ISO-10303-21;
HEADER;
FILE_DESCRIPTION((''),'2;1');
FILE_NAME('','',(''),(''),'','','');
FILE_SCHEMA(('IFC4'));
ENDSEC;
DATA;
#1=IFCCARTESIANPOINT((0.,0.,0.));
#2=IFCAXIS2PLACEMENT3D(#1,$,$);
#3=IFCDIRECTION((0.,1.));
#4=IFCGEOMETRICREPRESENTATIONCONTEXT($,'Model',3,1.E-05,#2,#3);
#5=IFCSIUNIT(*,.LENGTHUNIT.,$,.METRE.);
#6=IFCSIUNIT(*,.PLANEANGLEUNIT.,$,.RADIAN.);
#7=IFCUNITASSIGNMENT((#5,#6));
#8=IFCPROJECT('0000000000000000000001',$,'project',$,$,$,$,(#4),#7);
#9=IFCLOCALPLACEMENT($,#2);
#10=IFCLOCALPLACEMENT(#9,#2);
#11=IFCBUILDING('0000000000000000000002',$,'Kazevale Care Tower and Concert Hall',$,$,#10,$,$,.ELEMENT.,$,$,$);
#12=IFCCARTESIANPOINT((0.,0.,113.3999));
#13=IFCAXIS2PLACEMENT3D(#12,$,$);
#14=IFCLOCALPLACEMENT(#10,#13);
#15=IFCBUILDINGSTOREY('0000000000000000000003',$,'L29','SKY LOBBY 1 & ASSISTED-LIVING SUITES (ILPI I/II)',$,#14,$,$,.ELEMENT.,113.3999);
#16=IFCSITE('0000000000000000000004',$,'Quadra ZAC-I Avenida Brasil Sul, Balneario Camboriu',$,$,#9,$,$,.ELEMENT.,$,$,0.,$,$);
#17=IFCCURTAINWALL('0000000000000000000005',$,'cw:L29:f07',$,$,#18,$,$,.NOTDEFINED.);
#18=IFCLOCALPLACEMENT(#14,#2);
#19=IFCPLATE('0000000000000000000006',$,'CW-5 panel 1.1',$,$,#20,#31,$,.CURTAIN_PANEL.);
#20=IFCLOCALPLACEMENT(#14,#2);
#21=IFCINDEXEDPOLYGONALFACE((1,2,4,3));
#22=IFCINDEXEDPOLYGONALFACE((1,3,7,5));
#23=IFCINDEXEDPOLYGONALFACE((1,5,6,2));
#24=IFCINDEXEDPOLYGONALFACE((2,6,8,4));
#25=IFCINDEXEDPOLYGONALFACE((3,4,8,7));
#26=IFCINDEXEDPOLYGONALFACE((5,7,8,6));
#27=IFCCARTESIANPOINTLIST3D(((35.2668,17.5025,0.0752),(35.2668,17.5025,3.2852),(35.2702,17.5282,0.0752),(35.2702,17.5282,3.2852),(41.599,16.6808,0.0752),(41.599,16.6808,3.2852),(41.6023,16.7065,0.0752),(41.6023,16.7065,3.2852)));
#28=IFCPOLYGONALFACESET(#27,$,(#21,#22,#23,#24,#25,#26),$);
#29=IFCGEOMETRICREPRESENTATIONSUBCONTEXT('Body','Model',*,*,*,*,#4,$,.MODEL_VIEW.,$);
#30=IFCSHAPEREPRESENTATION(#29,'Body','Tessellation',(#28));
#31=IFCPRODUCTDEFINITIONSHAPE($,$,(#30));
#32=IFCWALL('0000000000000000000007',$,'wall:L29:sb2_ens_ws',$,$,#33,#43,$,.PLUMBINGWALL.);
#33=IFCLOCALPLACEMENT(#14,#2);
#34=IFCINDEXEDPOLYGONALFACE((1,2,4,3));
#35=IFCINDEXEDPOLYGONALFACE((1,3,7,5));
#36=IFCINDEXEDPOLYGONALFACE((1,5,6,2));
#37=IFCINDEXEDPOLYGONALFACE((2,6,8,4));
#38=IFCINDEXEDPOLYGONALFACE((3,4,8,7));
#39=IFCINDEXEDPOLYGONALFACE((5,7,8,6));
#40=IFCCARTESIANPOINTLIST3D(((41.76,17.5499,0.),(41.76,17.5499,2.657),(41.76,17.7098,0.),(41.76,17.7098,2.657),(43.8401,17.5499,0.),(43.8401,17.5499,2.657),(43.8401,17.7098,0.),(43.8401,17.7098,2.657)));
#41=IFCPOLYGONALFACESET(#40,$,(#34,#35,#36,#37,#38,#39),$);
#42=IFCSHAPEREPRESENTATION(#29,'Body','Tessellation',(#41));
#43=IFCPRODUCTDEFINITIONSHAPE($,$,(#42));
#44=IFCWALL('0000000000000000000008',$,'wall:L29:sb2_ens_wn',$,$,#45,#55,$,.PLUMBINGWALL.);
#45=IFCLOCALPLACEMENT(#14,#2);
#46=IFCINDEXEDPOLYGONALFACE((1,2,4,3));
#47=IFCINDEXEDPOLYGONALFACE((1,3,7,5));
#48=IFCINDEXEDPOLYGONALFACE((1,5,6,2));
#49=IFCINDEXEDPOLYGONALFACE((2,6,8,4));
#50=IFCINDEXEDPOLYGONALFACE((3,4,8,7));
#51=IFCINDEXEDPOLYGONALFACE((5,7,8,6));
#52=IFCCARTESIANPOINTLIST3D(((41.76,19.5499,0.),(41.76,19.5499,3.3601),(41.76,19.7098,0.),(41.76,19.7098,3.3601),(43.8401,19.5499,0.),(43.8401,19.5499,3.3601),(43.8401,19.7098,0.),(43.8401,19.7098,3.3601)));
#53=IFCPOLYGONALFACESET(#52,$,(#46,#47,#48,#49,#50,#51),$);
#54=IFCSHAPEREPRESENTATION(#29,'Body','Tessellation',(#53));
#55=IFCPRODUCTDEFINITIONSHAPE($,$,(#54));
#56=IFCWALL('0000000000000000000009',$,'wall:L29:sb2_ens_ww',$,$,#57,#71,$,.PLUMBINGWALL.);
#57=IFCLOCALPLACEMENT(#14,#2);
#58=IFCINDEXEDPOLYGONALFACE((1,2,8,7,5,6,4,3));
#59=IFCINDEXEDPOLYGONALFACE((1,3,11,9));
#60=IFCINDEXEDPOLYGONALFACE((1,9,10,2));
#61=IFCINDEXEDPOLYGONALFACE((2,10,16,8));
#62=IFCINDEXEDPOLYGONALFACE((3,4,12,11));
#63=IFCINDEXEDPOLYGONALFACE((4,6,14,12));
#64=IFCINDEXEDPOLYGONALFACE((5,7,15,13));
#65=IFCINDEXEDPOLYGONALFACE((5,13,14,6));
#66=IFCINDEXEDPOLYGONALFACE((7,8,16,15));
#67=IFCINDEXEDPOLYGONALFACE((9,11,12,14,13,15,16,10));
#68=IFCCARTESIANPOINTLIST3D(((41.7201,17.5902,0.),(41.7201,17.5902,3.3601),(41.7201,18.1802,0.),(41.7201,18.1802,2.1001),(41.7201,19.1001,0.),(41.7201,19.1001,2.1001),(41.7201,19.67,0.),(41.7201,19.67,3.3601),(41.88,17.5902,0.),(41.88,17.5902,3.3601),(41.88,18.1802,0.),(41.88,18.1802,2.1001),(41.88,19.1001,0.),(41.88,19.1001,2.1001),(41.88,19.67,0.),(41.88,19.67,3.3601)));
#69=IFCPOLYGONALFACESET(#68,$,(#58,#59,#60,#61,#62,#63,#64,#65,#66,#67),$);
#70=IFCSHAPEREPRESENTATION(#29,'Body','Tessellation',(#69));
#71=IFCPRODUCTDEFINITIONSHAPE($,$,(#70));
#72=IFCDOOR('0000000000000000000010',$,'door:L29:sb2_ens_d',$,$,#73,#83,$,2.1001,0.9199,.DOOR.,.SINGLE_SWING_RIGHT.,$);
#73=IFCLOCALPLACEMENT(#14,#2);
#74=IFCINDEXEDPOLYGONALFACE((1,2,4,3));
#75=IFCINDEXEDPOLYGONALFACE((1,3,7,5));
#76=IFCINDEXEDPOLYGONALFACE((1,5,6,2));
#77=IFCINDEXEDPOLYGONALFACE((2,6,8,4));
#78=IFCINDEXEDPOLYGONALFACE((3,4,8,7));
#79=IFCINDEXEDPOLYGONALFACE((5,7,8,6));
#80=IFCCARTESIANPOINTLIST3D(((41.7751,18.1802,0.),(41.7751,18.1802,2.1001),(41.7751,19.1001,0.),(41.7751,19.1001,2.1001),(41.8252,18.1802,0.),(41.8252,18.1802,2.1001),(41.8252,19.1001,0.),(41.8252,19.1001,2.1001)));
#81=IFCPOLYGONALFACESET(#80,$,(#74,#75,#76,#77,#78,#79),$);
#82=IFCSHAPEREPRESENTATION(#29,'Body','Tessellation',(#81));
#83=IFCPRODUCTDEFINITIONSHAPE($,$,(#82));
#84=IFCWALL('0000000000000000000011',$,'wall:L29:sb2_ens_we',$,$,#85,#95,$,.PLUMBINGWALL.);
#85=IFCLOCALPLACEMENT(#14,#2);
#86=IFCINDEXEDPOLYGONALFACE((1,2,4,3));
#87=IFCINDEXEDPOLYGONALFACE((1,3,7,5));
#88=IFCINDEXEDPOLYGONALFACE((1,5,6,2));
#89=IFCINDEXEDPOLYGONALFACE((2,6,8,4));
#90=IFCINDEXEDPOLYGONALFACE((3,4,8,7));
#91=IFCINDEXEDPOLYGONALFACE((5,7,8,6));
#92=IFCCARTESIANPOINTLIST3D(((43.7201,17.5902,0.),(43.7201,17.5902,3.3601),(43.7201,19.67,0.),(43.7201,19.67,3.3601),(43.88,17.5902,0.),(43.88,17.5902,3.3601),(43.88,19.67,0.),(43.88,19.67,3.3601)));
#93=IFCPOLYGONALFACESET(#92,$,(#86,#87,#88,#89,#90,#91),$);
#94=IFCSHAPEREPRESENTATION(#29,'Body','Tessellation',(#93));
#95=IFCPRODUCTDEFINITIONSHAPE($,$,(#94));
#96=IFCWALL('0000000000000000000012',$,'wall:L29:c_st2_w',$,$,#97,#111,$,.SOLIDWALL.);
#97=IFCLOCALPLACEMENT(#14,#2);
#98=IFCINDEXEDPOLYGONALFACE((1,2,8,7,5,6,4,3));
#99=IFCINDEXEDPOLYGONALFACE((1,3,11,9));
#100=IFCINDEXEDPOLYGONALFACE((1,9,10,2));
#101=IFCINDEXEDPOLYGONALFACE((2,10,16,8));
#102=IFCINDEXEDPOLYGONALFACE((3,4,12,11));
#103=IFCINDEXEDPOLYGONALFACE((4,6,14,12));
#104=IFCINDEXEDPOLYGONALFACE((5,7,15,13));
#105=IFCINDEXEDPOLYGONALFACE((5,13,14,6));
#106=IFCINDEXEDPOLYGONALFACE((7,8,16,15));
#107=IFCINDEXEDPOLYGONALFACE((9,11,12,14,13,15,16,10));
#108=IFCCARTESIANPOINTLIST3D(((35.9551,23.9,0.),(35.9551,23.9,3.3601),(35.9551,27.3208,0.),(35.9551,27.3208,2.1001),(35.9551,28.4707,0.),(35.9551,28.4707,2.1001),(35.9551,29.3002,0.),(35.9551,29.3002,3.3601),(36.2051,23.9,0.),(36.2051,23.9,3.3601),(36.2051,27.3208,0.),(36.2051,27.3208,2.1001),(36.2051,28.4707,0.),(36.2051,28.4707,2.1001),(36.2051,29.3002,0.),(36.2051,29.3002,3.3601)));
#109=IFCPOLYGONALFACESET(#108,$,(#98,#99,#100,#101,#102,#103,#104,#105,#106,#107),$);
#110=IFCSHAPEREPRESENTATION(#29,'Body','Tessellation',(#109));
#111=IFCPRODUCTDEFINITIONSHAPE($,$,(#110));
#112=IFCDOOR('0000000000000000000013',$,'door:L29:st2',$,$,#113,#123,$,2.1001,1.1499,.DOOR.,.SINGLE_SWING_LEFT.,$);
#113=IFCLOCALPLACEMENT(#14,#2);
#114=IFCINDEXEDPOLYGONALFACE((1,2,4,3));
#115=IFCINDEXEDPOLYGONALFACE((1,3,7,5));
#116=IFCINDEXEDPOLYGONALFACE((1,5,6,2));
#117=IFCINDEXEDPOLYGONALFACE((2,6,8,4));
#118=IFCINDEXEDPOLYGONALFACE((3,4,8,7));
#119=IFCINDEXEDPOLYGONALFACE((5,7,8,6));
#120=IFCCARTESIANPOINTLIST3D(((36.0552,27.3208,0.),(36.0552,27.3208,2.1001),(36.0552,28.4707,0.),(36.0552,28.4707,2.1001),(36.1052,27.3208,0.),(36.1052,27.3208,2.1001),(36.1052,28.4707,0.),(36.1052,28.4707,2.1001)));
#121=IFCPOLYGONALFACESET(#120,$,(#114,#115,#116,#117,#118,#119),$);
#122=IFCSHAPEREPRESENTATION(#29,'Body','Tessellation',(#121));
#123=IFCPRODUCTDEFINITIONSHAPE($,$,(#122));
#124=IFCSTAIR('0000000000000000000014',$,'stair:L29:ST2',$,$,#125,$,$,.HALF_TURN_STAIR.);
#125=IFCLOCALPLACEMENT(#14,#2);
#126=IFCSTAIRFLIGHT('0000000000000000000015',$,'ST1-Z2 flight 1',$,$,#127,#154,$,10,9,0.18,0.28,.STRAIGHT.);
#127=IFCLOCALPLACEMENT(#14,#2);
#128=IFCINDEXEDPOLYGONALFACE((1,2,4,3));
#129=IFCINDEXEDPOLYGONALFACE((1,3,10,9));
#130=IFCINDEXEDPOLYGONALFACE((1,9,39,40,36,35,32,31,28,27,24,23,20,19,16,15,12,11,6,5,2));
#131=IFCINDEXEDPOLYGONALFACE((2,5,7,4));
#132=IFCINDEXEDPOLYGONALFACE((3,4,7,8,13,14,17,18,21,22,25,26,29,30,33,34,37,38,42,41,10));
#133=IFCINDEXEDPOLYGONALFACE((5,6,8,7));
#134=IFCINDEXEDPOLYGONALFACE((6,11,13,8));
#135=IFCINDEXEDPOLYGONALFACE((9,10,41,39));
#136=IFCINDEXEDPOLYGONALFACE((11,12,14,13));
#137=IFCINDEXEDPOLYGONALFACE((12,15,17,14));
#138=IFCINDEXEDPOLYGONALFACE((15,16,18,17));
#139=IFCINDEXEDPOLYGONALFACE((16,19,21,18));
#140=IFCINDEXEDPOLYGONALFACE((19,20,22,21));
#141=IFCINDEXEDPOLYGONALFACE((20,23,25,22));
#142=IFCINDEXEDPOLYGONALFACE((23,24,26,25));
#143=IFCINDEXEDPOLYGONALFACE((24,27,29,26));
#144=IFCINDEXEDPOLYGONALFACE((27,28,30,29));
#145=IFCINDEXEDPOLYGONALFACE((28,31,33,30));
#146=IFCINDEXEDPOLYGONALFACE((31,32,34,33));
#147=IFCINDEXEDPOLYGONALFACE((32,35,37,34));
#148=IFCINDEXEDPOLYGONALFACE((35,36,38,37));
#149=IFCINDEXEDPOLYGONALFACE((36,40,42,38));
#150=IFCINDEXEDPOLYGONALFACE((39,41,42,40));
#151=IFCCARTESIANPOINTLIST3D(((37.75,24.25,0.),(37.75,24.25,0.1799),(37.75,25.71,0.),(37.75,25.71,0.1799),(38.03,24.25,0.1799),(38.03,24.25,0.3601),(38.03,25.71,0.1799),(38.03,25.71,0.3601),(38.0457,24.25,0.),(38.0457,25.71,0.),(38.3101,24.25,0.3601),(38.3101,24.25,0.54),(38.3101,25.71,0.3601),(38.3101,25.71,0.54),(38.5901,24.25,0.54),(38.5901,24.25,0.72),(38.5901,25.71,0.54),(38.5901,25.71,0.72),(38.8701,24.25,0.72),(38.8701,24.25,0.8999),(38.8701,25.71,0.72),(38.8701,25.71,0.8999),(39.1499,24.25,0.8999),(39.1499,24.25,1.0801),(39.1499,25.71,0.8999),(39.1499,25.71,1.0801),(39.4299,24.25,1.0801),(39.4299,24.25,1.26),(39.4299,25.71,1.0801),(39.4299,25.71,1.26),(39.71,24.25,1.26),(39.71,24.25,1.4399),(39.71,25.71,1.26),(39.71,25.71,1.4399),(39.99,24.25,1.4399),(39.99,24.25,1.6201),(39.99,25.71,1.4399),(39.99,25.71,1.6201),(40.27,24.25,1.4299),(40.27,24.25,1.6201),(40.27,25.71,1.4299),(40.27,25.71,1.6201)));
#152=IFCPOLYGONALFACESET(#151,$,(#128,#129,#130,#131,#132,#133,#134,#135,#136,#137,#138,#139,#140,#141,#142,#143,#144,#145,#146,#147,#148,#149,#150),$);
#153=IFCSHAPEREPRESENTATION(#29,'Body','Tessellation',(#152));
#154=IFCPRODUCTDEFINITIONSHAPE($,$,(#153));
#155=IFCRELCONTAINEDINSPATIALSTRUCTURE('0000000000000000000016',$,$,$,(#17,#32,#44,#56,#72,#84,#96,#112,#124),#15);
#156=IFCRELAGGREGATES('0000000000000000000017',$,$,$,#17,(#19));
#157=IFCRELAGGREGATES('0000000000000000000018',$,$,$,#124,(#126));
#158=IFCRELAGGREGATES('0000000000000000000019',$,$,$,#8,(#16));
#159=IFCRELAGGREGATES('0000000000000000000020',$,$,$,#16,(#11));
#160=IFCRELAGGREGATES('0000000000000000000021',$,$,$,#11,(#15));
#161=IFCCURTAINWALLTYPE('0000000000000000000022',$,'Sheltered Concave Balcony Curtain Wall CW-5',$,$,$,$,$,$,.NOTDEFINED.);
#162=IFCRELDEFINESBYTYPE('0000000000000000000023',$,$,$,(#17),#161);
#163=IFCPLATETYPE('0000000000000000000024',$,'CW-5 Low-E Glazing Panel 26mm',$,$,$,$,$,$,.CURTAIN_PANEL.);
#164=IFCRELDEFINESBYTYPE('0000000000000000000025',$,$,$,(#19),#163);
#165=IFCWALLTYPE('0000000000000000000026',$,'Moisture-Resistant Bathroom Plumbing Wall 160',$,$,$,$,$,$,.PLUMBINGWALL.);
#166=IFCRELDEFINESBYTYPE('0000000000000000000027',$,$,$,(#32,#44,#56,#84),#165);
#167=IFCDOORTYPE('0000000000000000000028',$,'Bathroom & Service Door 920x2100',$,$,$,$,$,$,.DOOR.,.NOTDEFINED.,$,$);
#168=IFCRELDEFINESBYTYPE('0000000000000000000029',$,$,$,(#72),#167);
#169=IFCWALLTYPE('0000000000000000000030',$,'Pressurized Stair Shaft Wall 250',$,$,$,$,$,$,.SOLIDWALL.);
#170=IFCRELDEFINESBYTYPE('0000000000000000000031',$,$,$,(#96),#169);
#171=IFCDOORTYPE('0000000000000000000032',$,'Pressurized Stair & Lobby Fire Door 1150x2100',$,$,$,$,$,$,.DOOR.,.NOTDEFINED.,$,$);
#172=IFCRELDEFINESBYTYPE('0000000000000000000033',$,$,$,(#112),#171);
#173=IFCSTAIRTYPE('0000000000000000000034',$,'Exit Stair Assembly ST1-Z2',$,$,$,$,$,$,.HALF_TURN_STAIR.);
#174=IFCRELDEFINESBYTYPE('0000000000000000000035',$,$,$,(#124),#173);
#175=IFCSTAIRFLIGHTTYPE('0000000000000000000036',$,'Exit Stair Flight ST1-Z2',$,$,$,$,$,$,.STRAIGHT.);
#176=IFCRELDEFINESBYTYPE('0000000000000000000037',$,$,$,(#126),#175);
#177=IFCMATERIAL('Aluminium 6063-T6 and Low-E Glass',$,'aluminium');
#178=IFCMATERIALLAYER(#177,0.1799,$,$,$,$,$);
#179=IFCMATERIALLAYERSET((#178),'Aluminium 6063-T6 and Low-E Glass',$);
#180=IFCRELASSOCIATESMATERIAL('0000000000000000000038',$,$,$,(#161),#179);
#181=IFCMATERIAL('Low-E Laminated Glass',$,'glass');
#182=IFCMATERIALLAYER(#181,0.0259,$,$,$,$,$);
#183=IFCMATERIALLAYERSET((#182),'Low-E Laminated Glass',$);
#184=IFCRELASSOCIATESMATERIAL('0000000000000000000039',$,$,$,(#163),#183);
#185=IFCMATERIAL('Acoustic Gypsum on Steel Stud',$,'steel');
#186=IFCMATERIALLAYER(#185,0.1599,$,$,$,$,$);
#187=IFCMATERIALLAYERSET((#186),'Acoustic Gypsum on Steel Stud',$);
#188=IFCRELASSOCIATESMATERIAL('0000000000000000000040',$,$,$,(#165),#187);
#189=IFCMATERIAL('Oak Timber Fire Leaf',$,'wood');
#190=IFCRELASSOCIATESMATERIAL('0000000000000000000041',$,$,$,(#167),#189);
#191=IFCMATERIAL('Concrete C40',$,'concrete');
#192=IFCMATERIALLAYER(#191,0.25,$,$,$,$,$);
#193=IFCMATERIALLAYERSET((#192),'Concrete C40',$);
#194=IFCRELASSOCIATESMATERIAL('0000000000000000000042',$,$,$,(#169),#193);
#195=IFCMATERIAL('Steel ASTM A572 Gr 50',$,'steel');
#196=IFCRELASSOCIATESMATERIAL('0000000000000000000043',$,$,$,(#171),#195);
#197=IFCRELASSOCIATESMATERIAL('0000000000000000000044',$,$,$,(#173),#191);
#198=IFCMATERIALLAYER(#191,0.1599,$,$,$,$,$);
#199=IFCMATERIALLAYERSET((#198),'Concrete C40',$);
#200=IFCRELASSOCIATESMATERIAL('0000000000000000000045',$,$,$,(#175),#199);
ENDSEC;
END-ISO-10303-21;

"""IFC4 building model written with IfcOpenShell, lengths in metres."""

from ifc_helpers import new_model, si_unit, direction, frame, frame_2d, origin, origin_2d, place, context, subcontext, project, spatial, polyline, rectangle, outline, extrude, material, layer, layer_set, type_object, element, fill, aggregate, save


model = new_model("IFC4")

# Units and contexts
model_context = context("Model", 3, precision=1e-05, world=origin(), true_north=direction((0.0, 1.0)))
body_context = subcontext(model_context, "Body", "Model", "MODEL_VIEW")
ifc_project = project(units=[si_unit("LENGTHUNIT", "METRE"), si_unit("PLANEANGLEUNIT", "RADIAN")], contexts=[model_context])

# Site, building, storey
site_placement = place(None, origin())
site = spatial("IfcSite", under=ifc_project, at=site_placement, Name="Quadra ZAC-I Avenida Brasil Sul, Balneario Camboriu", CompositionType="ELEMENT", RefElevation=0.0)
building_placement = place(site_placement, origin())
building = spatial("IfcBuilding", under=site, at=building_placement, Name="Kazevale Care Tower and Concert Hall", CompositionType="ELEMENT")
storey_placement = place(building_placement, frame((0.0, 0.0, 113.3999)))
storey = spatial("IfcBuildingStorey", under=building, at=storey_placement, Name="L29", Description="SKY LOBBY 1 & ASSISTED-LIVING SUITES (ILPI I/II)", CompositionType="ELEMENT", Elevation=113.3999)

# Shared definitions
ifc_material_1 = material(Name="Aluminium 6063-T6 and Low-E Glass", Category="aluminium")
ifc_layer_1 = layer(ifc_material_1, 0.1799)
ifc_layer_set_1 = layer_set([ifc_layer_1], Name="Aluminium 6063-T6 and Low-E Glass")
curtain_wall_type = type_object("IfcCurtainWallType", Name="Sheltered Concave Balcony Curtain Wall CW-5", PredefinedType="NOTDEFINED", material=ifc_layer_set_1)

# Curtain wall
curtain_wall_1_placement = place(storey_placement, origin())
curtain_wall_1 = element("IfcCurtainWall", 1, at=curtain_wall_1_placement, inside=storey, type_object=curtain_wall_type, Name="cw:L29:f07", PredefinedType="NOTDEFINED")

# Shared definitions
ifc_material_2 = material(Name="Steel ASTM A572 Gr 50", Category="steel")

# Plate
ifc_material_3 = material(Name="Low-E Laminated Glass", Category="glass")
ifc_layer_2 = layer(ifc_material_3, 0.0259)
ifc_layer_set_2 = layer_set([ifc_layer_2], Name="Low-E Laminated Glass")
plate_type = type_object("IfcPlateType", Name="CW-5 Low-E Glazing Panel 26mm", PredefinedType="CURTAIN_PANEL", material=ifc_layer_set_2)
plate_1_placement = place(storey_placement, frame((38.4346, 17.1045, 0.0752), z_axis=(0.0, 0.0, 1.0), x_axis=(-0.991686, 0.128685, 0.0)))
plate_1 = element("IfcPlate", 2, at=plate_1_placement, type_object=plate_type, Name="CW-5 panel 1.1", PredefinedType="CURTAIN_PANEL", context=body_context, shape_type="SweptSolid", body=[
    extrude(rectangle(XDim=6.3853, YDim=0.0259, at=origin_2d()), origin(), (0.0, 0.0, 1.0), 3.21),
])
aggregate(curtain_wall_1, [plate_1])

# Shared definitions
ifc_material_4 = material(Name="Oak Timber Fire Leaf", Category="wood")

# Walls
ifc_material_5 = material(Name="Acoustic Gypsum on Steel Stud", Category="steel")
ifc_layer_3 = layer(ifc_material_5, 0.1599)
ifc_layer_set_3 = layer_set([ifc_layer_3], Name="Acoustic Gypsum on Steel Stud")
wall_type_1 = type_object("IfcWallType", Name="Moisture-Resistant Bathroom Plumbing Wall 160", PredefinedType="PLUMBINGWALL", material=ifc_layer_set_3)
wall_1_placement = place(storey_placement, frame((41.76, 17.6299, 0.0), z_axis=(0.0, 0.0, 1.0), x_axis=(1.0, 0.0, 0.0)))
element("IfcWall", 3, at=wall_1_placement, inside=storey, type_object=wall_type_1, Name="wall:L29:sb2_ens_ws", PredefinedType="PLUMBINGWALL", context=body_context, shape_type="SweptSolid", body=[
    extrude(rectangle(XDim=2.0801, YDim=0.1599, at=frame_2d((1.04, 0.0))), origin(), (0.0, 0.0, 1.0), 2.657),
])
wall_2_placement = place(storey_placement, frame((41.76, 19.6299, 0.0), z_axis=(0.0, 0.0, 1.0), x_axis=(1.0, 0.0, 0.0)))
element("IfcWall", 4, at=wall_2_placement, inside=storey, type_object=wall_type_1, Name="wall:L29:sb2_ens_wn", PredefinedType="PLUMBINGWALL", context=body_context, shape_type="SweptSolid", body=[
    extrude(rectangle(XDim=2.0801, YDim=0.1599, at=frame_2d((1.04, 0.0))), origin(), (0.0, 0.0, 1.0), 3.3601),
])

# Wall, opening, door
wall_3_placement = place(storey_placement, frame((41.8, 17.5901, 0.0), z_axis=(0.0, 0.0, 1.0), x_axis=(0.0, 1.0, 0.0)))
wall_3 = element("IfcWall", 5, at=wall_3_placement, inside=storey, type_object=wall_type_1, Name="wall:L29:sb2_ens_ww", PredefinedType="PLUMBINGWALL", context=body_context, shape_type="SweptSolid", body=[
    extrude(rectangle(XDim=2.0798, YDim=0.1599, at=frame_2d((1.04, 0.0))), origin(), (0.0, 0.0, 1.0), 3.3601),
])
opening_1_placement = place(wall_3_placement, frame((0.5901, 0.0, 0.0)))
opening_1 = element("IfcOpeningElement", 6, at=opening_1_placement, cuts=wall_3, PredefinedType="OPENING", context=body_context, shape_type="SweptSolid", body=[
    extrude(rectangle(XDim=0.9199, YDim=2.1001, at=frame_2d((0.46, 1.05))), frame((0.0, 0.0898, 0.0), z_axis=(0.0, -1.0, 0.0), x_axis=(1.0, 0.0, 0.0)), (0.0, 0.0, 1.0), 0.1799),
])
door_type_1 = type_object("IfcDoorType", Name="Bathroom & Service Door 920x2100", OperationType="NOTDEFINED", PredefinedType="DOOR", material=ifc_material_4)
door_1_placement = place(opening_1_placement, origin())
door_1 = element("IfcDoor", 7, at=door_1_placement, inside=storey, type_object=door_type_1, Name="door:L29:sb2_ens_d", OperationType="SINGLE_SWING_RIGHT", OverallHeight=2.1001, OverallWidth=0.9199, PredefinedType="DOOR", context=body_context, shape_type="SweptSolid", body=[
    extrude(rectangle(XDim=0.9199, YDim=2.1001, at=frame_2d((0.46, 1.05))), frame((0.0, 0.0249, 0.0), z_axis=(0.0, -1.0, 0.0), x_axis=(1.0, 0.0, 0.0)), (0.0, 0.0, 1.0), 0.05),
])
fill(opening_1, door_1)

# Wall
wall_4_placement = place(storey_placement, frame((43.8, 17.5901, 0.0), z_axis=(0.0, 0.0, 1.0), x_axis=(0.0, 1.0, 0.0)))
element("IfcWall", 8, at=wall_4_placement, inside=storey, type_object=wall_type_1, Name="wall:L29:sb2_ens_we", PredefinedType="PLUMBINGWALL", context=body_context, shape_type="SweptSolid", body=[
    extrude(rectangle(XDim=2.0798, YDim=0.1599, at=frame_2d((1.04, 0.0))), origin(), (0.0, 0.0, 1.0), 3.3601),
])

# Wall, opening, door
ifc_material_6 = material(Name="Concrete C40", Category="concrete")
ifc_layer_4 = layer(ifc_material_6, 0.25)
ifc_layer_set_4 = layer_set([ifc_layer_4], Name="Concrete C40")
wall_type_2 = type_object("IfcWallType", Name="Pressurized Stair Shaft Wall 250", PredefinedType="SOLIDWALL", material=ifc_layer_set_4)
wall_5_placement = place(storey_placement, frame((36.0801, 23.8999, 0.0), z_axis=(0.0, 0.0, 1.0), x_axis=(0.0, 1.0, 0.0)))
wall_5 = element("IfcWall", 9, at=wall_5_placement, inside=storey, type_object=wall_type_2, Name="wall:L29:c_st2_w", PredefinedType="SOLIDWALL", context=body_context, shape_type="SweptSolid", body=[
    extrude(rectangle(XDim=5.4001, YDim=0.25, at=frame_2d((2.7002, 0.0))), origin(), (0.0, 0.0, 1.0), 3.3601),
])
opening_2_placement = place(wall_5_placement, frame((3.4209, 0.0, 0.0)))
opening_2 = element("IfcOpeningElement", 10, at=opening_2_placement, cuts=wall_5, PredefinedType="OPENING", context=body_context, shape_type="SweptSolid", body=[
    extrude(rectangle(XDim=1.1499, YDim=2.1001, at=frame_2d((0.575, 1.05))), frame((0.0, 0.135, 0.0), z_axis=(0.0, -1.0, 0.0), x_axis=(1.0, 0.0, 0.0)), (0.0, 0.0, 1.0), 0.27),
])
door_type_2 = type_object("IfcDoorType", Name="Pressurized Stair & Lobby Fire Door 1150x2100", OperationType="NOTDEFINED", PredefinedType="DOOR", material=ifc_material_2)
door_2_placement = place(opening_2_placement, origin())
door_2 = element("IfcDoor", 11, at=door_2_placement, inside=storey, type_object=door_type_2, Name="door:L29:st2", OperationType="SINGLE_SWING_LEFT", OverallHeight=2.1001, OverallWidth=1.1499, PredefinedType="DOOR", context=body_context, shape_type="SweptSolid", body=[
    extrude(rectangle(XDim=1.1499, YDim=2.1001, at=frame_2d((0.575, 1.05))), frame((0.0, 0.0249, 0.0), z_axis=(0.0, -1.0, 0.0), x_axis=(1.0, 0.0, 0.0)), (0.0, 0.0, 1.0), 0.05),
])
fill(opening_2, door_2)

# Stair, stair flight
stair_type = type_object("IfcStairType", Name="Exit Stair Assembly ST1-Z2", PredefinedType="HALF_TURN_STAIR", material=ifc_material_6)
stair_placement = place(storey_placement, origin())
stair = element("IfcStair", 12, at=stair_placement, inside=storey, type_object=stair_type, Name="stair:L29:ST2", PredefinedType="HALF_TURN_STAIR")
ifc_layer_5 = layer(ifc_material_6, 0.1599)
ifc_layer_set_5 = layer_set([ifc_layer_5], Name="Concrete C40")
stair_flight_type = type_object("IfcStairFlightType", Name="Exit Stair Flight ST1-Z2", PredefinedType="STRAIGHT", material=ifc_layer_set_5)
stair_flight_1_placement = place(storey_placement, frame((37.75, 24.98, 0.0), z_axis=(0.0, 0.0, 1.0), x_axis=(1.0, 0.0, 0.0)))
stair_flight_1 = element("IfcStairFlight", 13, at=stair_flight_1_placement, type_object=stair_flight_type, Name="ST1-Z2 flight 1", NumberOfRisers=10, NumberOfTreads=9, PredefinedType="STRAIGHT", RiserHeight=0.18, TreadLength=0.28, context=body_context, shape_type="SweptSolid", body=[
    extrude(outline(polyline([(0.0, 0.0), (0.0, 0.1799), (0.28, 0.1799), (0.28, 0.3601), (0.5601, 0.3601), (0.5601, 0.54), (0.8401, 0.54), (0.8401, 0.72), (1.1201, 0.72), (1.1201, 0.8999), (1.3999, 0.8999), (1.3999, 1.0801), (1.6799, 1.0801), (1.6799, 1.26), (1.96, 1.26), (1.96, 1.4399), (2.24, 1.4399), (2.24, 1.6201), (2.52, 1.6201), (2.52, 1.8), (2.52, 1.4299), (0.2957, 0.0), (0.0, 0.0)])), frame((0.0, 0.73, 0.0), z_axis=(0.0, -1.0, 0.0), x_axis=(1.0, 0.0, 0.0)), (0.0, 0.0, 1.0), 1.46),
])
aggregate(stair, [stair_flight_1])

save(model, "model.ifc")
